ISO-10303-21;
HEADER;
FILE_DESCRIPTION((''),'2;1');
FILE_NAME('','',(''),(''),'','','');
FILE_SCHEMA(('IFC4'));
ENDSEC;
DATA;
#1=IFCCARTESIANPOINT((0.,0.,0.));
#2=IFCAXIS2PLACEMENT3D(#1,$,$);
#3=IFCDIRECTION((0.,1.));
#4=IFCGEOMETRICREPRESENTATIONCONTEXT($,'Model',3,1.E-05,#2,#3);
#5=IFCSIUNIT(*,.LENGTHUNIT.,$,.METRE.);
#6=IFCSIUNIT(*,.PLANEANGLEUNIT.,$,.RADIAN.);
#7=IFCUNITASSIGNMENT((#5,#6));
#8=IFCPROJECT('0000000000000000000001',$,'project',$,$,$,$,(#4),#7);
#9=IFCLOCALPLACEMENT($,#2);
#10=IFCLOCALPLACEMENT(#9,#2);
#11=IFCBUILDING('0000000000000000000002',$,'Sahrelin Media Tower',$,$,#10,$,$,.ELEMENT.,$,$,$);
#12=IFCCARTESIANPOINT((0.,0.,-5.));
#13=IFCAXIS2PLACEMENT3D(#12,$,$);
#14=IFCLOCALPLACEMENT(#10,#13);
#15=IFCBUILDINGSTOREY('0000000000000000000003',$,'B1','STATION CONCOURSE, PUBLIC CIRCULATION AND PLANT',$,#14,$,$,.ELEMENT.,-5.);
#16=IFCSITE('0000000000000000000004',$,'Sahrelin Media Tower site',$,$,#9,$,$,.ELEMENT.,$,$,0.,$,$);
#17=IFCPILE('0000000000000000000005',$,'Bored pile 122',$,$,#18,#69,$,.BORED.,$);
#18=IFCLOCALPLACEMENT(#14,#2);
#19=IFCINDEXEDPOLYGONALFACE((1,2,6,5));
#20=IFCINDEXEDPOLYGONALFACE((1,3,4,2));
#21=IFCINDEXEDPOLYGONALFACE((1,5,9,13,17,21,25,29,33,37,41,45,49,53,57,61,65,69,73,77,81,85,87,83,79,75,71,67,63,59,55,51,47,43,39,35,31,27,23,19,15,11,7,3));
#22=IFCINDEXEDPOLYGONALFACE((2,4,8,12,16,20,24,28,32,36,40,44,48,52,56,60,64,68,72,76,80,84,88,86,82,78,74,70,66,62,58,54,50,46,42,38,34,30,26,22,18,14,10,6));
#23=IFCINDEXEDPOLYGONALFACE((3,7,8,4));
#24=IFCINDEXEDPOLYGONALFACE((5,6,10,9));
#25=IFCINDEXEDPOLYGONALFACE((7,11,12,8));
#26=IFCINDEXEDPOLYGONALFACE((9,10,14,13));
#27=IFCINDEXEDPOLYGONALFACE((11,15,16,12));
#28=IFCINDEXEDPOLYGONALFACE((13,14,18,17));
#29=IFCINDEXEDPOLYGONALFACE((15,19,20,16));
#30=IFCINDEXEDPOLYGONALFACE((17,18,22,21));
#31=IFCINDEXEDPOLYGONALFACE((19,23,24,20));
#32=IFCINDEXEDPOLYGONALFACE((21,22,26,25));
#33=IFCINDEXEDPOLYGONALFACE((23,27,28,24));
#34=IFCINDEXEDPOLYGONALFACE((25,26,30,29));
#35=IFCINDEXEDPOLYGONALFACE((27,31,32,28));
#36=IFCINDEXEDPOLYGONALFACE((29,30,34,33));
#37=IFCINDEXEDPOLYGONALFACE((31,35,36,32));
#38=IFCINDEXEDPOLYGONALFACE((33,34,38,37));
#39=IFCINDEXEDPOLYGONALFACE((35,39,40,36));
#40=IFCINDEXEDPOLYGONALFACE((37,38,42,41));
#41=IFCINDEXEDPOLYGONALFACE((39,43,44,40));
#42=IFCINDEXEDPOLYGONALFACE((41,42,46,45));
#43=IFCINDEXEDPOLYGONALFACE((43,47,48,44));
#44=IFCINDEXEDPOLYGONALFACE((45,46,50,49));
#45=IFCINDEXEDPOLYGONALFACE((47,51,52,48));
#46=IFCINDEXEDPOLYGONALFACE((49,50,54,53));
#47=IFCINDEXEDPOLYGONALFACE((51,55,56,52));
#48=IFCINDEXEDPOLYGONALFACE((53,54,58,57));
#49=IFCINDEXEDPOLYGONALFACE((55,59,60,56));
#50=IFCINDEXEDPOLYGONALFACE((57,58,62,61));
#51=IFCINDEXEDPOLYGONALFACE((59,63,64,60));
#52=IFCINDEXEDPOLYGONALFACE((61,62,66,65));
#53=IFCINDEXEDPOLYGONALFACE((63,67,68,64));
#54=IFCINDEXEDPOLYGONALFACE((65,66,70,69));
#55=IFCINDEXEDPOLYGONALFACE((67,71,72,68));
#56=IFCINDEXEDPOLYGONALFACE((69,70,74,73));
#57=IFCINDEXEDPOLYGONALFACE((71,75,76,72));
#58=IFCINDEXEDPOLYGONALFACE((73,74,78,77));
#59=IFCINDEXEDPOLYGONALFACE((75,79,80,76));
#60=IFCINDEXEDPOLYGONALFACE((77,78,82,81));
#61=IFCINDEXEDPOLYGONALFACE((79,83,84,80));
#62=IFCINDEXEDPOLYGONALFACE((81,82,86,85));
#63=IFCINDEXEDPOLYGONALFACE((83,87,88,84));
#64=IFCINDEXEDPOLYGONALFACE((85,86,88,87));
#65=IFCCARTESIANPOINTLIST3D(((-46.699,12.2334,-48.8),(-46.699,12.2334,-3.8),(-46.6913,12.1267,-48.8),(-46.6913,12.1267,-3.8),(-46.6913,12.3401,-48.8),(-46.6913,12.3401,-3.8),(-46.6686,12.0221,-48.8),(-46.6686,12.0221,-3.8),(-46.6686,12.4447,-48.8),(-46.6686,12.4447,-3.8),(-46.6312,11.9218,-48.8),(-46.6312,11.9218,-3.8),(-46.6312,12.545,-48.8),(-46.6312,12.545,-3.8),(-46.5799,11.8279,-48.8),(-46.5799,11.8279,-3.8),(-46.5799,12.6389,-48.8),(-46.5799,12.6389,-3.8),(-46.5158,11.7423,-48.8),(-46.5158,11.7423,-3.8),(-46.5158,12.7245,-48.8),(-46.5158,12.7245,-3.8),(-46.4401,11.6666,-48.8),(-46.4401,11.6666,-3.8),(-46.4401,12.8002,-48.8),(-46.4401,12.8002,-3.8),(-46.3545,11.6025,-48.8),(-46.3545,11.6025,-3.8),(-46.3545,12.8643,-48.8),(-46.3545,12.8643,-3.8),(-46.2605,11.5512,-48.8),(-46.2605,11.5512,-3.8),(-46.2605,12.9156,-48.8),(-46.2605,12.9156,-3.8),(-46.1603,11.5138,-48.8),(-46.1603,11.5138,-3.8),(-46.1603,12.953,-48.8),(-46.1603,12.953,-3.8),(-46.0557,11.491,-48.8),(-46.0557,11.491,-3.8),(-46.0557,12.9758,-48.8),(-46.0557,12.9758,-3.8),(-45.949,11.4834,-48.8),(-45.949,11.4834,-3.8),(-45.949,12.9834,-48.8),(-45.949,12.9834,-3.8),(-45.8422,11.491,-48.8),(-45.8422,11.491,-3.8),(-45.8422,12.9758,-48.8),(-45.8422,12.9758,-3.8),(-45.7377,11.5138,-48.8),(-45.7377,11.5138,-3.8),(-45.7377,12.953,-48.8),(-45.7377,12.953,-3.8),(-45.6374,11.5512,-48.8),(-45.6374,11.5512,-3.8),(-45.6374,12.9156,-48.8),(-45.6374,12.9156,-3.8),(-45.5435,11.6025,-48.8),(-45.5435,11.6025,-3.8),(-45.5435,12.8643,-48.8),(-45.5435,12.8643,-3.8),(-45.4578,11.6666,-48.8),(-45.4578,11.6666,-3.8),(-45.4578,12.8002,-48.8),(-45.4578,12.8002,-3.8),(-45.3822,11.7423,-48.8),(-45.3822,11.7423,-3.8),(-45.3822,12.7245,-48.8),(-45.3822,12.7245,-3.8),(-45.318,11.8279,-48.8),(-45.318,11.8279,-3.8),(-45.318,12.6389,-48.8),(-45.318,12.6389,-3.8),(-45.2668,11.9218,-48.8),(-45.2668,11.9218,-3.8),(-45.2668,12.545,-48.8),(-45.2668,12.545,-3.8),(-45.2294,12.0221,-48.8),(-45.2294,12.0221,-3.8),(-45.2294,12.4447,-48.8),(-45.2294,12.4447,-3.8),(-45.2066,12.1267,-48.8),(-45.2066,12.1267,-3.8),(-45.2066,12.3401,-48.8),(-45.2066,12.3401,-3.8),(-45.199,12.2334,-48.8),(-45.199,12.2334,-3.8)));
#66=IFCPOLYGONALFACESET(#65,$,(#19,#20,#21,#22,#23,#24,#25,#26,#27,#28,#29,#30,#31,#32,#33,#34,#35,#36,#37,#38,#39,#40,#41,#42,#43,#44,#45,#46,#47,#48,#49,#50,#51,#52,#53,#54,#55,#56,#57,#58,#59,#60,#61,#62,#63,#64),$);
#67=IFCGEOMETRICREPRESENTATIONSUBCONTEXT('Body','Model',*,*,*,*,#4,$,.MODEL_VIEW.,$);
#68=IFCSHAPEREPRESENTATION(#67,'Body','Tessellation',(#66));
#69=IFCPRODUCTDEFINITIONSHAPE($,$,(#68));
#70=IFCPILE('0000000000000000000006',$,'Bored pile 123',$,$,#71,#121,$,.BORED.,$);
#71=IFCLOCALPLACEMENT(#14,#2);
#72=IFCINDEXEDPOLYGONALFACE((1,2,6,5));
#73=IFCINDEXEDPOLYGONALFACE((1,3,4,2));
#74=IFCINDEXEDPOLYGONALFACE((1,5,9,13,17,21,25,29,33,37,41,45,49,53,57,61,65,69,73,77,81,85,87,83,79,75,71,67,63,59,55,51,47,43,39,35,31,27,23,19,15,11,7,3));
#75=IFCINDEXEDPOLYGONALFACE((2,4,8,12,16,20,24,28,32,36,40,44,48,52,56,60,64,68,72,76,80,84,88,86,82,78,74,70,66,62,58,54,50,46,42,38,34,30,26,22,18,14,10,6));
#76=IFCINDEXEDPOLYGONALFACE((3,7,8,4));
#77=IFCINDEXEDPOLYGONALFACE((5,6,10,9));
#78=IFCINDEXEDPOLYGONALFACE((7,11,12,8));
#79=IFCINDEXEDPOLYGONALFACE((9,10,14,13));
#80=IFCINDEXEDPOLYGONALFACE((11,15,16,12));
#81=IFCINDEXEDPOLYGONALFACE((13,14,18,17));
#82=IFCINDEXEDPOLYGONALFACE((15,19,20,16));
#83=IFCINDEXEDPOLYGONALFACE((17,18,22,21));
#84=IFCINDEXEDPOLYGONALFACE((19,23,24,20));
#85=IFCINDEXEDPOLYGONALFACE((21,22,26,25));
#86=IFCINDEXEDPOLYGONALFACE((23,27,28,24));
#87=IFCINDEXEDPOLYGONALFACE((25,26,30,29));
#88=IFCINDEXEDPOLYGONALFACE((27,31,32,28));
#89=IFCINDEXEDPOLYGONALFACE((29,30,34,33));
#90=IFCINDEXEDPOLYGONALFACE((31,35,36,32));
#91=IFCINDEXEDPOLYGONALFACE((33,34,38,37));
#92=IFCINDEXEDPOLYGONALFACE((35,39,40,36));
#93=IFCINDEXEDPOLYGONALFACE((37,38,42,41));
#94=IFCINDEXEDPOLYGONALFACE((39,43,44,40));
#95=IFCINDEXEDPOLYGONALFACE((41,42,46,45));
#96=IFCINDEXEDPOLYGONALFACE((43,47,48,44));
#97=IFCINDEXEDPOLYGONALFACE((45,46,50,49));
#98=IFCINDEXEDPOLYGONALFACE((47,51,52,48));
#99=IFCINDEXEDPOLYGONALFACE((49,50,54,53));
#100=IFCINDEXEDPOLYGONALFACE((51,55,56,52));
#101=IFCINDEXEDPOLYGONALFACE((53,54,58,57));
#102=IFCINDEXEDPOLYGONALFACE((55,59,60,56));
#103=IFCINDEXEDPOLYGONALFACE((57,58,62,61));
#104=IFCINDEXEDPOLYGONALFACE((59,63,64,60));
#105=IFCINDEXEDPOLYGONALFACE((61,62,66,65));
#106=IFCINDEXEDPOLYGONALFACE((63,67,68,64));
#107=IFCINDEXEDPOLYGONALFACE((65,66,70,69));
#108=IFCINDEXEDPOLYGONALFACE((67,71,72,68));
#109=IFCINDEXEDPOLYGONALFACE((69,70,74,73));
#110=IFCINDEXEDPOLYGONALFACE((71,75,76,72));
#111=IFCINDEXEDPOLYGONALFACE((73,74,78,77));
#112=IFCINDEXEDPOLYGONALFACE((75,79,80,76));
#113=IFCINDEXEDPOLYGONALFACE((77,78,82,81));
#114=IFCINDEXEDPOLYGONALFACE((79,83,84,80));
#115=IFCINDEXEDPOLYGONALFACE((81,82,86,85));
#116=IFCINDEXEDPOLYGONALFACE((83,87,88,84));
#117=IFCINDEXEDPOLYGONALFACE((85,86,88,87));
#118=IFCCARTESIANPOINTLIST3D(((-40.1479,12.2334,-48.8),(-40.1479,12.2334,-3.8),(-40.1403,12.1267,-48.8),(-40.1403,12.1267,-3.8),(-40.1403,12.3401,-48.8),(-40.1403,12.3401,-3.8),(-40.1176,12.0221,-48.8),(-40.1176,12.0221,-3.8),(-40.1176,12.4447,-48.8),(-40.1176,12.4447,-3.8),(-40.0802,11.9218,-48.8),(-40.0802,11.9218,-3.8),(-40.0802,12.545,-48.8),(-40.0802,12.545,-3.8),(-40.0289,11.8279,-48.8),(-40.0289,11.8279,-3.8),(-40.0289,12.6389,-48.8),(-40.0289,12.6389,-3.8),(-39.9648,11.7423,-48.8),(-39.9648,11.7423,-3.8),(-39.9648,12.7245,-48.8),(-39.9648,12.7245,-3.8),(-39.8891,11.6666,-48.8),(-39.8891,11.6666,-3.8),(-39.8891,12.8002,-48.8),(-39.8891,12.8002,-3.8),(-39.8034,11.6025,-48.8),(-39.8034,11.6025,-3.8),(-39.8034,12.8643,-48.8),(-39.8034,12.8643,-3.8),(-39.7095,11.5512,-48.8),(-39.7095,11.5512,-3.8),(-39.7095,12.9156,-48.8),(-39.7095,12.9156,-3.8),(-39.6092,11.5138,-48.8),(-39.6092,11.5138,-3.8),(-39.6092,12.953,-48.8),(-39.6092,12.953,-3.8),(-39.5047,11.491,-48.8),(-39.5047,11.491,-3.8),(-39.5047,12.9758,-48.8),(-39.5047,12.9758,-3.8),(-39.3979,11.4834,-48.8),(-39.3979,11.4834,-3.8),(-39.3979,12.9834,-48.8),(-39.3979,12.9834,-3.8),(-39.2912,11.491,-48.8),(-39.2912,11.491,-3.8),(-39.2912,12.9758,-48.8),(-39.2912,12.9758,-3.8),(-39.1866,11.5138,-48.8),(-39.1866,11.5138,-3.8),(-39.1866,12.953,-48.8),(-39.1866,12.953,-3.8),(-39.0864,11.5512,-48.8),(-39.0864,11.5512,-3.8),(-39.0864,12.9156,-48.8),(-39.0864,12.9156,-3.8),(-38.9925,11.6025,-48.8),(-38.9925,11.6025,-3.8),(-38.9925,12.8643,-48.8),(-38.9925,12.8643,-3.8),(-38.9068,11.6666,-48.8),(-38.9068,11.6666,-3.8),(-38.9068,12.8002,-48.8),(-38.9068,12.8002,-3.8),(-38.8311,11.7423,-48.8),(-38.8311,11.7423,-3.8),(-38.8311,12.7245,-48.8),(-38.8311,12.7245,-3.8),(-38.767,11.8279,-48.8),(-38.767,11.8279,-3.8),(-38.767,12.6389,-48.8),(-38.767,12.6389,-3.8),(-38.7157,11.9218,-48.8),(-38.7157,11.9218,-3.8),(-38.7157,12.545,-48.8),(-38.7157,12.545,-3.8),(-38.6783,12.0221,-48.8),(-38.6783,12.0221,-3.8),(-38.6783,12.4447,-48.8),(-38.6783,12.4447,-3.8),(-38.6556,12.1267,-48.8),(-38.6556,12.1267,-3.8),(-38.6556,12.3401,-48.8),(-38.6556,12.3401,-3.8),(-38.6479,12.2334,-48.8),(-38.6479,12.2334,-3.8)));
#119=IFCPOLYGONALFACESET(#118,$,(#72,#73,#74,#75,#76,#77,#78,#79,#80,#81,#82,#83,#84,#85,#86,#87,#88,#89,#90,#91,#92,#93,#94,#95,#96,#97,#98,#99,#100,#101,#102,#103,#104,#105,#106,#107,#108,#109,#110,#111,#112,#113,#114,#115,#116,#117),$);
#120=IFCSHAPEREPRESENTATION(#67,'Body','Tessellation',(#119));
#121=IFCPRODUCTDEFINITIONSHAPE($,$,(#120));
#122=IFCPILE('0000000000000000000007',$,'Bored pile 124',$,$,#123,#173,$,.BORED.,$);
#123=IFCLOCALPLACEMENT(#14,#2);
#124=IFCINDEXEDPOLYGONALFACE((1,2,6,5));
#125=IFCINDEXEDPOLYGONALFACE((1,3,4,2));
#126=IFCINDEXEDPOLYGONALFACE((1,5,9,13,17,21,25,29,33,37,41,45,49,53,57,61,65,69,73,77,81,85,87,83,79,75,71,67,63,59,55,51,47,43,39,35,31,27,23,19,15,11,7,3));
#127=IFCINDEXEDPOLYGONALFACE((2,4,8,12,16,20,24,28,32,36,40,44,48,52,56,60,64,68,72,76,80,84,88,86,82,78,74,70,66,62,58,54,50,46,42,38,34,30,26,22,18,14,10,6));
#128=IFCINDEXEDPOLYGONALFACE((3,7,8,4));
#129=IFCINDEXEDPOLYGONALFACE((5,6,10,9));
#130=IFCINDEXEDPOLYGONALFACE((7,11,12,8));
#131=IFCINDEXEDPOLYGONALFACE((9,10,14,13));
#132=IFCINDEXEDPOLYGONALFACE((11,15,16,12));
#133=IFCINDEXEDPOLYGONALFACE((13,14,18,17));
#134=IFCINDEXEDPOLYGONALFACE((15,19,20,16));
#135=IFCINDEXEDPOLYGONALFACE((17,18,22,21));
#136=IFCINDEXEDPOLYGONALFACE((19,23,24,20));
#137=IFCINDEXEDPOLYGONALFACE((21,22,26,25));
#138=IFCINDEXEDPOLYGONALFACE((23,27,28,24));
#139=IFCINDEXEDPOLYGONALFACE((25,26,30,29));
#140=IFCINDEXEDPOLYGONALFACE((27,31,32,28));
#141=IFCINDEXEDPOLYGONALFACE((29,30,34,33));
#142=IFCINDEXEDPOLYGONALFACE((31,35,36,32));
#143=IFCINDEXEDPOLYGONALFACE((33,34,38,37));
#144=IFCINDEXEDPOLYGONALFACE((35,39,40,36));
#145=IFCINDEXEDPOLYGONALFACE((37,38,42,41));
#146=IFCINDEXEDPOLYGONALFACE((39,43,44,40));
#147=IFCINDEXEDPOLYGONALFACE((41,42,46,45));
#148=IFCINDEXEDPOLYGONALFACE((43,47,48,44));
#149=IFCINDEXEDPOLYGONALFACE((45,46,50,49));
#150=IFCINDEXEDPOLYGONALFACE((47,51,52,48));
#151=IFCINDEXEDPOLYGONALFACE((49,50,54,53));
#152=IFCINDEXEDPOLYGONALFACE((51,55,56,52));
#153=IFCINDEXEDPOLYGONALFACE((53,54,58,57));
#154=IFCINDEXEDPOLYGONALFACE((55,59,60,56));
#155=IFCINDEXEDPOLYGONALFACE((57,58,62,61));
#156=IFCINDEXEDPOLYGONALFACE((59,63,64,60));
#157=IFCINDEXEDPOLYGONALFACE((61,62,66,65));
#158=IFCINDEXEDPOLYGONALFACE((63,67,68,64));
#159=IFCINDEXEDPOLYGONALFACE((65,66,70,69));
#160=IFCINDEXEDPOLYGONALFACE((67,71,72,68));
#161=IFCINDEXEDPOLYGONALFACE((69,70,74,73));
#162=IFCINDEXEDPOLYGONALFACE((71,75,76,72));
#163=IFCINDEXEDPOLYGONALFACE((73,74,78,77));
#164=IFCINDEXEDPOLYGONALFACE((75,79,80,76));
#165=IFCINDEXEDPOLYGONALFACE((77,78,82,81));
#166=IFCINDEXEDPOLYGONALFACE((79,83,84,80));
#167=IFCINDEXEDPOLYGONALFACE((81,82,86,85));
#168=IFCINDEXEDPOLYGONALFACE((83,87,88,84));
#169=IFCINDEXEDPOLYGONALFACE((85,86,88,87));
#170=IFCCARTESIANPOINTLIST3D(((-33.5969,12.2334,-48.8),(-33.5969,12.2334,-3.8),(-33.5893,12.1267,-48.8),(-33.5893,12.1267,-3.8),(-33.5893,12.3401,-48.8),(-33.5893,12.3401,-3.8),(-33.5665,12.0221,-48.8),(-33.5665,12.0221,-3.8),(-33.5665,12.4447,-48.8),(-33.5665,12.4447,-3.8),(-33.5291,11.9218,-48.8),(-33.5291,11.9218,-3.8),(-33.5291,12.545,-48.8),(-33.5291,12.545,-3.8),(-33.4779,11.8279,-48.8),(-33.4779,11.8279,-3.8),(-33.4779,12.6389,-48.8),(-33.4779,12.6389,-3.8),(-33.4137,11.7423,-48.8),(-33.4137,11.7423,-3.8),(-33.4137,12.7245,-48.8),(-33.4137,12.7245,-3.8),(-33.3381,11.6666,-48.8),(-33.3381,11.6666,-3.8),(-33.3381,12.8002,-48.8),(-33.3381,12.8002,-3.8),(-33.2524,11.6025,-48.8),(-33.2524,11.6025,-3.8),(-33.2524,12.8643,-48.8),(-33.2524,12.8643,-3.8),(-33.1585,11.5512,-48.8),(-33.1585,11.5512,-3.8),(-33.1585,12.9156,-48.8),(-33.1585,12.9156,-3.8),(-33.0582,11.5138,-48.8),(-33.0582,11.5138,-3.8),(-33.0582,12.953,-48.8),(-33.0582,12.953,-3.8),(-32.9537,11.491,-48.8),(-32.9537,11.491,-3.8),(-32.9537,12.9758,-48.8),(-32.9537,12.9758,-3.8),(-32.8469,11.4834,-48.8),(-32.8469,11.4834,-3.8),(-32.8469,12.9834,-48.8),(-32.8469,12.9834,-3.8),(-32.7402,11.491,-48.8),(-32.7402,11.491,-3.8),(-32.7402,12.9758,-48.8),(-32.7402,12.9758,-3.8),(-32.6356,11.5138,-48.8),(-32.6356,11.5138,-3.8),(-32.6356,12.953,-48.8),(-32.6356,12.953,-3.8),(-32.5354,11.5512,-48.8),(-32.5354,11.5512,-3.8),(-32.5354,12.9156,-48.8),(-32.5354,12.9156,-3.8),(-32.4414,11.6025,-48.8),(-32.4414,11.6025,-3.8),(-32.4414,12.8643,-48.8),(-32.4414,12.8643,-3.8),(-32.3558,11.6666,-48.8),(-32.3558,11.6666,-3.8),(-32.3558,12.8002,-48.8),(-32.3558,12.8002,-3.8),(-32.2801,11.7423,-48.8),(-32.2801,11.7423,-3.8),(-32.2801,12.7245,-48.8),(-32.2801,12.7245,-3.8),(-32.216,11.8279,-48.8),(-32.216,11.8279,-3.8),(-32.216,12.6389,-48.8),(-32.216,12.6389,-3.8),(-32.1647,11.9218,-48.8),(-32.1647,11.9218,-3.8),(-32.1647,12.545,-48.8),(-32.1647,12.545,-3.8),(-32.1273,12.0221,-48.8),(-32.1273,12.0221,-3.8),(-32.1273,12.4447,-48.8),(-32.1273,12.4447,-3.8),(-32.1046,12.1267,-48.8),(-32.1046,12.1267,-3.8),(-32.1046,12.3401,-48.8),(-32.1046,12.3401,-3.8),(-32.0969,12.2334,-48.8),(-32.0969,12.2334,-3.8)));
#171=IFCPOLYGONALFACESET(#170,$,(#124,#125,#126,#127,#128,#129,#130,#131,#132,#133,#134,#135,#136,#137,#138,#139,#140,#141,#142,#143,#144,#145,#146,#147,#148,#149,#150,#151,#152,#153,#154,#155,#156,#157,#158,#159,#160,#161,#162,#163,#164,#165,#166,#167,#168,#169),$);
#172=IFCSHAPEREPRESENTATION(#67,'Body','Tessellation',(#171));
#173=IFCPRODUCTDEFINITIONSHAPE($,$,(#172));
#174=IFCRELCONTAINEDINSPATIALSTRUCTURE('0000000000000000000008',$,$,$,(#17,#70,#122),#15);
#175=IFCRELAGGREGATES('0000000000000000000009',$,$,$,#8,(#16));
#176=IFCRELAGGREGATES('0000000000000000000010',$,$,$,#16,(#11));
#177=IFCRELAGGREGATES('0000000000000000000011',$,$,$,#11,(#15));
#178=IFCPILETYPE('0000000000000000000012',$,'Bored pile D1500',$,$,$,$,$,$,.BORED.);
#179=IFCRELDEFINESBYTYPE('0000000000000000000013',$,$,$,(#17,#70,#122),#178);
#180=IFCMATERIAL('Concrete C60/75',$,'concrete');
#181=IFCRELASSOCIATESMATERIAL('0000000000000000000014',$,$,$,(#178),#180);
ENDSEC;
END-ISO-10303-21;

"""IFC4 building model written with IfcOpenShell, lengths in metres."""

from ifc_helpers import new_model, si_unit, direction, frame, origin, origin_2d, place, context, subcontext, project, spatial, circle, extrude, material, material_profile, profile_set, type_object, element, save


model = new_model("IFC4")

# Units and contexts
model_context = context("Model", 3, precision=1e-05, world=origin(), true_north=direction((0.0, 1.0)))
body_context = subcontext(model_context, "Body", "Model", "MODEL_VIEW")
ifc_project = project(units=[si_unit("LENGTHUNIT", "METRE"), si_unit("PLANEANGLEUNIT", "RADIAN")], contexts=[model_context])

# Site, building, storey
site_placement = place(None, origin())
site = spatial("IfcSite", under=ifc_project, at=site_placement, Name="Sahrelin Media Tower site", CompositionType="ELEMENT", RefElevation=0.0)
building_placement = place(site_placement, origin())
building = spatial("IfcBuilding", under=site, at=building_placement, Name="Sahrelin Media Tower", CompositionType="ELEMENT")
storey_placement = place(building_placement, frame((0.0, 0.0, -5.0)))
storey = spatial("IfcBuildingStorey", under=building, at=storey_placement, Name="B1", Description="STATION CONCOURSE, PUBLIC CIRCULATION AND PLANT", CompositionType="ELEMENT", Elevation=-5.0)

# Piles
ifc_material_1 = material(Name="Concrete C60/75", Category="concrete")
ifc_material_profile_1 = material_profile(ifc_material_1, circle(Radius=0.75, at=origin_2d()), Name="Bored pile D1500")
ifc_profile_set_1 = profile_set([ifc_material_profile_1], Name="Concrete C60/75")
pile_type = type_object("IfcPileType", Name="Bored pile D1500", PredefinedType="BORED", material=ifc_profile_set_1)
for number, where, z_axis, x_axis, name in (
    (1, (-45.949, 12.2334, -3.8), (0.0, 0.0, -1.0), (1.0, 0.0, 0.0), "Bored pile 122"),
    (2, (-39.3979, 12.2334, -3.8), (0.0, 0.0, -1.0), (1.0, 0.0, 0.0), "Bored pile 123"),
    (3, (-32.8469, 12.2334, -3.8), (0.0, 0.0, -1.0), (1.0, 0.0, 0.0), "Bored pile 124"),
):
    element("IfcPile", number, at=place(storey_placement, frame(where, z_axis=z_axis, x_axis=x_axis)), inside=storey, type_object=pile_type, Name=name, PredefinedType="BORED", context=body_context, shape_type="SweptSolid", body=[
        extrude(circle(Radius=0.75, at=origin_2d()), origin(), (0.0, 0.0, 1.0), 45.0),
    ])

save(model, "model.ifc")
